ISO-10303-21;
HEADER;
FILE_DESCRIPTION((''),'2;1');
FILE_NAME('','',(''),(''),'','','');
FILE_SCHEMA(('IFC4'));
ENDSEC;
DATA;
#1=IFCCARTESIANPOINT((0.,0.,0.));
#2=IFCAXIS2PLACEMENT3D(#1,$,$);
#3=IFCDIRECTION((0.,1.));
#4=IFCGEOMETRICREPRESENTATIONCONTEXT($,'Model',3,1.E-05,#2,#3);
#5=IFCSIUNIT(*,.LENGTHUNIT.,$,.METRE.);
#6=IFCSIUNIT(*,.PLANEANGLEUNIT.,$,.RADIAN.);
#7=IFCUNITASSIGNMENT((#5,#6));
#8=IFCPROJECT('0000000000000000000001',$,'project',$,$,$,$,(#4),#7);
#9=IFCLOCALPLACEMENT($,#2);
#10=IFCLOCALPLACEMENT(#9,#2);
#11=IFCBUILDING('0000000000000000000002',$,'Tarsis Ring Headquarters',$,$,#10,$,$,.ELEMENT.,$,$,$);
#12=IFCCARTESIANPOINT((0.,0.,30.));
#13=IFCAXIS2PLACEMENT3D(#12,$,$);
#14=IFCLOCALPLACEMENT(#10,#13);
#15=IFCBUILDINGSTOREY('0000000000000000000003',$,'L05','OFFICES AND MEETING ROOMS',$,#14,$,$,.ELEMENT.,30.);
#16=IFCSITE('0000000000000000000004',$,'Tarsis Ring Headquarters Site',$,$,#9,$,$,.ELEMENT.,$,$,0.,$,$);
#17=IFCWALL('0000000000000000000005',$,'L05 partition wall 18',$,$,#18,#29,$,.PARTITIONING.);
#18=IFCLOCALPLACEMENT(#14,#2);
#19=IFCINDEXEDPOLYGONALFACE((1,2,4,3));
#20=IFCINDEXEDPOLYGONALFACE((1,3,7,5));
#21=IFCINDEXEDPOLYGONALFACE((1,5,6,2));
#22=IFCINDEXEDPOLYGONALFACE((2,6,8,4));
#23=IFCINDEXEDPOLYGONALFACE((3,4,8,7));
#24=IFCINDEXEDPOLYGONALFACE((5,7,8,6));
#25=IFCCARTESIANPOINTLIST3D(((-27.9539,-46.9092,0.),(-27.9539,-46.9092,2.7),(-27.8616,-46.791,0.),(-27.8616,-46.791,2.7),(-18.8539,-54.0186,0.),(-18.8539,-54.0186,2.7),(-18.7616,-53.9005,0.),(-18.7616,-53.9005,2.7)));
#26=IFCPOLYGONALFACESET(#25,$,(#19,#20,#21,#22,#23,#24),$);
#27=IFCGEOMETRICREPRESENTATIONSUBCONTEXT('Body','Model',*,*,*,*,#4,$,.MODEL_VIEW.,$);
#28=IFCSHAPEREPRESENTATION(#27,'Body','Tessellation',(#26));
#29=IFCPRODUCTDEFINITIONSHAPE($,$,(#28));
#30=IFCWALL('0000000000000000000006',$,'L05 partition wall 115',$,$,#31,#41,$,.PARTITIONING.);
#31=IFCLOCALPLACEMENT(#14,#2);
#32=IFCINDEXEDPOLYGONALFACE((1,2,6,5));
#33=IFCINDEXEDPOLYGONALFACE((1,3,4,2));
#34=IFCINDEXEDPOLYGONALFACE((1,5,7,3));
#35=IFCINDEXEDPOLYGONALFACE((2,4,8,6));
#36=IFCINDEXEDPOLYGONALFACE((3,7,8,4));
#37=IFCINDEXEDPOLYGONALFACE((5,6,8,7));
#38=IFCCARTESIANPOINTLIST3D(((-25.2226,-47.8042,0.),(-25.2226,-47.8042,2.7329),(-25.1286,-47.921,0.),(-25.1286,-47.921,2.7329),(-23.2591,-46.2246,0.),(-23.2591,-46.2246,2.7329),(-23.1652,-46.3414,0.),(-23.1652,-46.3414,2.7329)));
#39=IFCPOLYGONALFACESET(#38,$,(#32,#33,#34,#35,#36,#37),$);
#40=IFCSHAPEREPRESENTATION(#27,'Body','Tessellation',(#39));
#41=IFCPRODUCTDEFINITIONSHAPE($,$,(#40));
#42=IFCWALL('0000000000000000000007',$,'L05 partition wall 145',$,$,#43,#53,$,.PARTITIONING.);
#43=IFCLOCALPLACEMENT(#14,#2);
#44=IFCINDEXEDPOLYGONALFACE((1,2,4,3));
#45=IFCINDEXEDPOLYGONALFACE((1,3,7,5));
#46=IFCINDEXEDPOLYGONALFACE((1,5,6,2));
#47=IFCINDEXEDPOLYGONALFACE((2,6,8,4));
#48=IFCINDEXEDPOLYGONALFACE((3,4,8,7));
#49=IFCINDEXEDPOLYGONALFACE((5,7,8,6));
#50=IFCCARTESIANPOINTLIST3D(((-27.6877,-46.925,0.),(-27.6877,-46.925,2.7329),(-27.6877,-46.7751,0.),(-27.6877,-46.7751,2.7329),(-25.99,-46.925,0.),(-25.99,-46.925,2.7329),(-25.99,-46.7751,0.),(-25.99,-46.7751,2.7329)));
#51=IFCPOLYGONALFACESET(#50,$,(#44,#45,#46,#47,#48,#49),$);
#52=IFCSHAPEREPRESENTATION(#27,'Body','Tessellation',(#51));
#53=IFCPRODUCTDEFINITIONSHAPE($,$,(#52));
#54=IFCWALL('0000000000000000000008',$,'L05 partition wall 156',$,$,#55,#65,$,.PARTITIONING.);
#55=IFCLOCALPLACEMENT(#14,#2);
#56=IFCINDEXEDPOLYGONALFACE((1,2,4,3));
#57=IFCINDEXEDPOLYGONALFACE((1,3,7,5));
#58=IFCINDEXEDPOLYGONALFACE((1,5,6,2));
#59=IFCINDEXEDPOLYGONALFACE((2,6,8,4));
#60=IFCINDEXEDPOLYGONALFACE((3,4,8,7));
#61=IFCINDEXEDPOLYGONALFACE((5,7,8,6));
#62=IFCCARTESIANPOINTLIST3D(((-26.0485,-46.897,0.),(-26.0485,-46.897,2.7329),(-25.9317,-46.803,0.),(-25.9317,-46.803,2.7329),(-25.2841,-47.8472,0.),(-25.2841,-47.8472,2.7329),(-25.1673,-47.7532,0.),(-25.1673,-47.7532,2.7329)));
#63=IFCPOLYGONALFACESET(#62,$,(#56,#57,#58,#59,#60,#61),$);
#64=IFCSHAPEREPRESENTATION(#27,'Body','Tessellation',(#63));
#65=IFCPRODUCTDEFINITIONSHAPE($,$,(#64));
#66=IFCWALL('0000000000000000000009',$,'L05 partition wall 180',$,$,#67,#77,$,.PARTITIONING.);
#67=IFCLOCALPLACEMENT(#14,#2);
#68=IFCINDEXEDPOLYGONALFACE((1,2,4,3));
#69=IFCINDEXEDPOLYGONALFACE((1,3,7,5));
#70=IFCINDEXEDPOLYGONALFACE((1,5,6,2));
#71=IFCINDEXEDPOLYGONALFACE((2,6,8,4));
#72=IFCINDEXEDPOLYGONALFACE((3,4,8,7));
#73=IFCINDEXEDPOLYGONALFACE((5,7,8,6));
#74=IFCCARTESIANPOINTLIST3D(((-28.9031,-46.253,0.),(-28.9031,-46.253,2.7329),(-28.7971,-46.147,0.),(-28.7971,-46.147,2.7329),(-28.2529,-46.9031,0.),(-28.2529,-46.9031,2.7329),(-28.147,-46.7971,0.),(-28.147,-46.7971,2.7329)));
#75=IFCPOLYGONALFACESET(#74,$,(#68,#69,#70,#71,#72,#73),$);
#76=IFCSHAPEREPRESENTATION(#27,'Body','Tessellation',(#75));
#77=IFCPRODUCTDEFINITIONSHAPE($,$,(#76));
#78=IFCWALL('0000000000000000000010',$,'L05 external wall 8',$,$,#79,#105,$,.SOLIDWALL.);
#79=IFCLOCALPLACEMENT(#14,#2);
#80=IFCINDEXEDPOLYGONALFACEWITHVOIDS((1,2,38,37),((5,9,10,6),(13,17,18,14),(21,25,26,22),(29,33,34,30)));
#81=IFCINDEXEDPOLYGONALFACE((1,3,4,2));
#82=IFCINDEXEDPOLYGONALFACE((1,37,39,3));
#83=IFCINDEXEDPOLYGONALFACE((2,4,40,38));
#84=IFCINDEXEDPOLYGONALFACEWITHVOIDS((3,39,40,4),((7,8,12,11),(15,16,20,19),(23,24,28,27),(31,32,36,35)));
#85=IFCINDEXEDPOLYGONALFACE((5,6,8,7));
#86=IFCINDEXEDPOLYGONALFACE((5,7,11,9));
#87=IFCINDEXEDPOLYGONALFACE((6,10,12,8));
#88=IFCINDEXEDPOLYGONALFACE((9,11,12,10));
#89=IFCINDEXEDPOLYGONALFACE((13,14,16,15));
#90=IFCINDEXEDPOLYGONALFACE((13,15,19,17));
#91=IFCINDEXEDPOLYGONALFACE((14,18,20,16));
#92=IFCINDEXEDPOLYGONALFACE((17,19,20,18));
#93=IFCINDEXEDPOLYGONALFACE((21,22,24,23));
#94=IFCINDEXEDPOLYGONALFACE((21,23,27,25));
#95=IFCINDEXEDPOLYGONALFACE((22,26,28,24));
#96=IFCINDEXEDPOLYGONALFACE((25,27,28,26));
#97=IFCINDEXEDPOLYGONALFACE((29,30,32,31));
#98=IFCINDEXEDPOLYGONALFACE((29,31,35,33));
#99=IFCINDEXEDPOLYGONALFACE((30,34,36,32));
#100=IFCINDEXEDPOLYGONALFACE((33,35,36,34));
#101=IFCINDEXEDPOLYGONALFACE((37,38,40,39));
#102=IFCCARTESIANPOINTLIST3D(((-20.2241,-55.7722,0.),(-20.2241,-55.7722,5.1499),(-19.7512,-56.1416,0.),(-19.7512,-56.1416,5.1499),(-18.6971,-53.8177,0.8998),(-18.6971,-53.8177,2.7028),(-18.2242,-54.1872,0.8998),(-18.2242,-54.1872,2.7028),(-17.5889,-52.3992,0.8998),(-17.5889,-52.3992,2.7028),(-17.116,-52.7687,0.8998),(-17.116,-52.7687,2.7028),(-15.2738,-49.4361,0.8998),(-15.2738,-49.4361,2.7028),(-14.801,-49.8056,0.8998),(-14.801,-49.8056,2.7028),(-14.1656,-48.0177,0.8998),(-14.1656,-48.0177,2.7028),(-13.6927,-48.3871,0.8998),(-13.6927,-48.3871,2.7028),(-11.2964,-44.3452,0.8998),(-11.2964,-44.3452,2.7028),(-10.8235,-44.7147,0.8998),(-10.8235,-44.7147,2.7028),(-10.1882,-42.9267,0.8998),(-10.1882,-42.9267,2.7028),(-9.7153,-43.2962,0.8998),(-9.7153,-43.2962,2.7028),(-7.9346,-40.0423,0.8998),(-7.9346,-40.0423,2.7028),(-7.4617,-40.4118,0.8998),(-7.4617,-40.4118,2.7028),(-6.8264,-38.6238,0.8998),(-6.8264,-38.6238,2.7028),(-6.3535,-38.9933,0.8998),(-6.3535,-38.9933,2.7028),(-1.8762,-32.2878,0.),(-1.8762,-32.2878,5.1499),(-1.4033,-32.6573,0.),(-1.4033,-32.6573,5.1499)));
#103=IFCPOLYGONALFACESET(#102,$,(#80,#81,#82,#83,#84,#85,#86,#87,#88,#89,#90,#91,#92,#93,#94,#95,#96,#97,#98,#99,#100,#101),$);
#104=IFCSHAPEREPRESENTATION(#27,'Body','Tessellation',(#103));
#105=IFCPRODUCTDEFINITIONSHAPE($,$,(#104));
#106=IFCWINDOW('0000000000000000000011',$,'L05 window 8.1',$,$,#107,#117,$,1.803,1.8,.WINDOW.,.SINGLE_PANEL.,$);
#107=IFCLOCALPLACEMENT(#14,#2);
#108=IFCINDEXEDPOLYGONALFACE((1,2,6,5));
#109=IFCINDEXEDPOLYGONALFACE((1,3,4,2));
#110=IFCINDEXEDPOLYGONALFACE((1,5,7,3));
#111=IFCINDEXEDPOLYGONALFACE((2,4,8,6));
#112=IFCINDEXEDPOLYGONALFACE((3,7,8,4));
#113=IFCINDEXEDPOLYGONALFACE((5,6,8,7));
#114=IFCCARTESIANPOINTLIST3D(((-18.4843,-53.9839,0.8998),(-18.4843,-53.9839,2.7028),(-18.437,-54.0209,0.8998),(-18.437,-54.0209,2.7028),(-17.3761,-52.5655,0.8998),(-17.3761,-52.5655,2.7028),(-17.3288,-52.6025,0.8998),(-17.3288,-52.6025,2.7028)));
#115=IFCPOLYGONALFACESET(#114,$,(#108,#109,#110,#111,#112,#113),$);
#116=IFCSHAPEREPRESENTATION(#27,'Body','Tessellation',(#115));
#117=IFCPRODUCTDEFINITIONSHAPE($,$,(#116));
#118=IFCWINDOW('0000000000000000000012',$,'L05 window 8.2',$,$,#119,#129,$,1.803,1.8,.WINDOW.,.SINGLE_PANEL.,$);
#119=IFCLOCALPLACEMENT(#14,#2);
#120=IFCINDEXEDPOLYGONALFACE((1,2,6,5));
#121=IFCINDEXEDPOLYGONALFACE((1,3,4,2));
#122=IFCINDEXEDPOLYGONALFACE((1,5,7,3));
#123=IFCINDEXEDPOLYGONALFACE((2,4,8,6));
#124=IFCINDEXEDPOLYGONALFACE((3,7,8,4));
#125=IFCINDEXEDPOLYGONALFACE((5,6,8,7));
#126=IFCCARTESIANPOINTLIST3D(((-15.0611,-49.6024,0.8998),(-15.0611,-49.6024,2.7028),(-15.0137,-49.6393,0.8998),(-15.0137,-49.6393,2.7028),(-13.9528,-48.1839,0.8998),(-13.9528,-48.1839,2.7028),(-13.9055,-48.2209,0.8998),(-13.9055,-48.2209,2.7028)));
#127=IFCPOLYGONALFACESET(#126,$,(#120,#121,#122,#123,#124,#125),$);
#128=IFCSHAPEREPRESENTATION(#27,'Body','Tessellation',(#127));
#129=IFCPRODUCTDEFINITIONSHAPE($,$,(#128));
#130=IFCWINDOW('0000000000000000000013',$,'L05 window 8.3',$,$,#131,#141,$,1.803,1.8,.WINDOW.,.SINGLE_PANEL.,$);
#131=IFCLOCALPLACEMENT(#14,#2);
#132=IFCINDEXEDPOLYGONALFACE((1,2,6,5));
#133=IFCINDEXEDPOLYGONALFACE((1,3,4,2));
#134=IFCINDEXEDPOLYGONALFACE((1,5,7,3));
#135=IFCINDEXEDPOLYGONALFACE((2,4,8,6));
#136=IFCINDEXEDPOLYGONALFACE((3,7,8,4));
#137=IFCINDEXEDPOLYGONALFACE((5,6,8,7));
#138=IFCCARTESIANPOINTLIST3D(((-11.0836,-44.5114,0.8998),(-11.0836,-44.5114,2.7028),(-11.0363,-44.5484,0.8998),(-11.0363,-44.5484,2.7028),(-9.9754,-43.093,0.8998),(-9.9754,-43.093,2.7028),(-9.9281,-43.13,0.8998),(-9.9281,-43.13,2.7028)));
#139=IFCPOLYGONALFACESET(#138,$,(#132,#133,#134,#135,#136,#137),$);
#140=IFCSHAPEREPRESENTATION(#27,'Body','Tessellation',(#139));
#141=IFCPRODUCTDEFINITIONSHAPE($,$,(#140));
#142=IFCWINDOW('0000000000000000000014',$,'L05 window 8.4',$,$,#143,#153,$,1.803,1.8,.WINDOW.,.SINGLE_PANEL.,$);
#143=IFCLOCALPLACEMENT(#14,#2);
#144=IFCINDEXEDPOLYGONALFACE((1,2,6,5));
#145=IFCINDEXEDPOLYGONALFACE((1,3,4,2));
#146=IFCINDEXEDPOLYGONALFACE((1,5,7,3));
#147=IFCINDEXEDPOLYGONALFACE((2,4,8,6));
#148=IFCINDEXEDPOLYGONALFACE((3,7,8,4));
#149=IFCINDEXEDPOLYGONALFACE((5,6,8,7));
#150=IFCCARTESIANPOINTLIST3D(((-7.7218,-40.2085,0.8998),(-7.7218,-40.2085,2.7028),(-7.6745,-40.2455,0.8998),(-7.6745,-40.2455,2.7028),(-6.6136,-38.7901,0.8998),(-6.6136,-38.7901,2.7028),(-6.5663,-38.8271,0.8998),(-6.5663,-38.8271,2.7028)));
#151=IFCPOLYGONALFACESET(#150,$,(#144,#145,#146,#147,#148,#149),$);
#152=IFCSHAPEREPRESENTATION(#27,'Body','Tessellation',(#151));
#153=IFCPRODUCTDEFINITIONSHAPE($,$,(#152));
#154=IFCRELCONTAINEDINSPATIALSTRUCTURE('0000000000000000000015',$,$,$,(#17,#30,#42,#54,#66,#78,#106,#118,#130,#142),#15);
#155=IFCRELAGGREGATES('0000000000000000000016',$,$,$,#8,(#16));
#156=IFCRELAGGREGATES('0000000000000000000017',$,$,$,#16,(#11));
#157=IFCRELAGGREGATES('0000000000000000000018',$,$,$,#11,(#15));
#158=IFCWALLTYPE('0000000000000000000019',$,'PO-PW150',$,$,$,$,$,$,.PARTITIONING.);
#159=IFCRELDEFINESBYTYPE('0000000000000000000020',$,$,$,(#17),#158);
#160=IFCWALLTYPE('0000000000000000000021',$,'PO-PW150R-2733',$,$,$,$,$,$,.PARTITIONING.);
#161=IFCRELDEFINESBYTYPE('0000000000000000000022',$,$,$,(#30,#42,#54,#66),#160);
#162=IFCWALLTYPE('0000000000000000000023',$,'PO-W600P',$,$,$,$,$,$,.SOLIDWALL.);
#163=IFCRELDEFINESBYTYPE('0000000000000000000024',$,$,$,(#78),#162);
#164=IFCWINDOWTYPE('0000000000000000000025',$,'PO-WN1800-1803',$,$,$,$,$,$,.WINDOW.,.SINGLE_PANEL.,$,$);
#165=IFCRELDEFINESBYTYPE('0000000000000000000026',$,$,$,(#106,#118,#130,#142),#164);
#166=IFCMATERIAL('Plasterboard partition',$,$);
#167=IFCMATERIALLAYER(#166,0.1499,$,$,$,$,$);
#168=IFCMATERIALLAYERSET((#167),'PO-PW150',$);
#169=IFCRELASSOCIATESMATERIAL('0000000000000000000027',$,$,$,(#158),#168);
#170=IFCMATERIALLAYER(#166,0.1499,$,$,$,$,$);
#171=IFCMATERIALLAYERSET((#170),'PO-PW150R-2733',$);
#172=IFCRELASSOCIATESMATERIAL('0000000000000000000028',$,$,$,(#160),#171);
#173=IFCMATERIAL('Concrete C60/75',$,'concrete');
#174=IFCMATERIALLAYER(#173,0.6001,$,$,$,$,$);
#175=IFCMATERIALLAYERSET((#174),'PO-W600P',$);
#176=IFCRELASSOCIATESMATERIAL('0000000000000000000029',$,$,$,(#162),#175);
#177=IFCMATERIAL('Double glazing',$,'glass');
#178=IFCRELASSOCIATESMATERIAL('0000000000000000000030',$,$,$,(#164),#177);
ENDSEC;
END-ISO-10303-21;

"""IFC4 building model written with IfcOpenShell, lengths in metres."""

from ifc_helpers import new_model, si_unit, direction, frame, frame_2d, origin, place, context, subcontext, project, spatial, rectangle, extrude, material, layer, layer_set, type_object, element, fill, save


model = new_model("IFC4")

# Units and contexts
model_context = context("Model", 3, precision=1e-05, world=origin(), true_north=direction((0.0, 1.0)))
body_context = subcontext(model_context, "Body", "Model", "MODEL_VIEW")
ifc_project = project(units=[si_unit("LENGTHUNIT", "METRE"), si_unit("PLANEANGLEUNIT", "RADIAN")], contexts=[model_context])

# Site, building, storey
site_placement = place(None, origin())
site = spatial("IfcSite", under=ifc_project, at=site_placement, Name="Tarsis Ring Headquarters Site", CompositionType="ELEMENT", RefElevation=0.0)
building_placement = place(site_placement, origin())
building = spatial("IfcBuilding", under=site, at=building_placement, Name="Tarsis Ring Headquarters", CompositionType="ELEMENT")
storey_placement = place(building_placement, frame((0.0, 0.0, 30.0)))
storey = spatial("IfcBuildingStorey", under=building, at=storey_placement, Name="L05", Description="OFFICES AND MEETING ROOMS", CompositionType="ELEMENT", Elevation=30.0)

# Walls
ifc_material_1 = material(Name="Plasterboard partition")
ifc_layer_1 = layer(ifc_material_1, 0.1499)
ifc_layer_set_1 = layer_set([ifc_layer_1], Name="PO-PW150")
wall_type_1 = type_object("IfcWallType", Name="PO-PW150", PredefinedType="PARTITIONING", material=ifc_layer_set_1)
wall_1_placement = place(storey_placement, frame((-27.9077, -46.8501, 0.0), z_axis=(0.0, 0.0, 1.0), x_axis=(0.78802, -0.61565, 0.0)))
element("IfcWall", 1, at=wall_1_placement, inside=storey, type_object=wall_type_1, Name="L05 partition wall 18", PredefinedType="PARTITIONING", context=body_context, shape_type="SweptSolid", body=[
    extrude(rectangle(XDim=11.5479, YDim=0.1499, at=frame_2d((5.7739, 0.0))), origin(), (0.0, 0.0, 1.0), 2.7),
])
ifc_layer_2 = layer(ifc_material_1, 0.1499)
ifc_layer_set_2 = layer_set([ifc_layer_2], Name="PO-PW150R-2733")
wall_type_2 = type_object("IfcWallType", Name="PO-PW150R-2733", PredefinedType="PARTITIONING", material=ifc_layer_set_2)
wall_2_placement = place(storey_placement, frame((-23.2122, -46.283, 0.0), z_axis=(0.0, 0.0, 1.0), x_axis=(-0.779146, -0.626843, 0.0)))
element("IfcWall", 2, at=wall_2_placement, inside=storey, type_object=wall_type_2, Name="L05 partition wall 115", PredefinedType="PARTITIONING", context=body_context, shape_type="SweptSolid", body=[
    extrude(rectangle(XDim=2.52, YDim=0.1499, at=frame_2d((1.26, 0.0))), origin(), (0.0, 0.0, 1.0), 2.7329),
])
wall_3_placement = place(storey_placement, frame((-25.99, -46.8501, 0.0), z_axis=(0.0, 0.0, 1.0), x_axis=(-1.0, 0.0, 0.0)))
element("IfcWall", 3, at=wall_3_placement, inside=storey, type_object=wall_type_2, Name="L05 partition wall 145", PredefinedType="PARTITIONING", context=body_context, shape_type="SweptSolid", body=[
    extrude(rectangle(XDim=1.6978, YDim=0.1499, at=frame_2d((0.8489, 0.0))), origin(), (0.0, 0.0, 1.0), 2.7329),
])
wall_4_placement = place(storey_placement, frame((-25.2256, -47.8003, 0.0), z_axis=(0.0, 0.0, 1.0), x_axis=(-0.626817, 0.779167, 0.0)))
element("IfcWall", 4, at=wall_4_placement, inside=storey, type_object=wall_type_2, Name="L05 partition wall 156", PredefinedType="PARTITIONING", context=body_context, shape_type="SweptSolid", body=[
    extrude(rectangle(XDim=1.2195, YDim=0.1499, at=frame_2d((0.6099, 0.0))), origin(), (0.0, 0.0, 1.0), 2.7329),
])
wall_5_placement = place(storey_placement, frame((-28.2, -46.8501, 0.0), z_axis=(0.0, 0.0, 1.0), x_axis=(-0.707107, 0.707107, 0.0)))
element("IfcWall", 5, at=wall_5_placement, inside=storey, type_object=wall_type_2, Name="L05 partition wall 180", PredefinedType="PARTITIONING", context=body_context, shape_type="SweptSolid", body=[
    extrude(rectangle(XDim=0.9194, YDim=0.1499, at=frame_2d((0.4597, 0.0))), origin(), (0.0, 0.0, 1.0), 2.7329),
])

# Wall, openings, windows
ifc_material_2 = material(Name="Concrete C60/75", Category="concrete")
ifc_layer_3 = layer(ifc_material_2, 0.6001)
ifc_layer_set_3 = layer_set([ifc_layer_3], Name="PO-W600P")
wall_type_3 = type_object("IfcWallType", Name="PO-W600P", PredefinedType="SOLIDWALL", material=ifc_layer_set_3)
wall_6_placement = place(storey_placement, frame((-19.9875, -55.9568, 0.0), z_axis=(0.0, 0.0, 1.0), x_axis=(0.615659, 0.788012, 0.0)))
wall_6 = element("IfcWall", 6, at=wall_6_placement, inside=storey, type_object=wall_type_3, Name="L05 external wall 8", PredefinedType="SOLIDWALL", context=body_context, shape_type="SweptSolid", body=[
    extrude(rectangle(XDim=29.802, YDim=0.6001, at=frame_2d((14.9009, 0.0))), origin(), (0.0, 0.0, 1.0), 5.1499),
])
opening_1_placement = place(wall_6_placement, frame((2.4802, 0.0, 0.8999)))
opening_1 = element("IfcOpeningElement", 7, at=opening_1_placement, cuts=wall_6, PredefinedType="OPENING", context=body_context, shape_type="SweptSolid", body=[
    extrude(rectangle(XDim=1.8, YDim=1.803, at=frame_2d((0.8999, 0.9014))), frame((0.0, 0.3101, 0.0), z_axis=(0.0, -1.0, 0.0), x_axis=(1.0, 0.0, 0.0)), (0.0, 0.0, 1.0), 0.6201),
])
opening_2_placement = place(wall_6_placement, frame((8.0405, 0.0, 0.8999)))
opening_2 = element("IfcOpeningElement", 8, at=opening_2_placement, cuts=wall_6, PredefinedType="OPENING", context=body_context, shape_type="SweptSolid", body=[
    extrude(rectangle(XDim=1.8, YDim=1.803, at=frame_2d((0.8999, 0.9014))), frame((0.0, 0.3101, 0.0), z_axis=(0.0, -1.0, 0.0), x_axis=(1.0, 0.0, 0.0)), (0.0, 0.0, 1.0), 0.6201),
])
opening_3_placement = place(wall_6_placement, frame((14.501, 0.0, 0.8999)))
opening_3 = element("IfcOpeningElement", 9, at=opening_3_placement, cuts=wall_6, PredefinedType="OPENING", context=body_context, shape_type="SweptSolid", body=[
    extrude(rectangle(XDim=1.8, YDim=1.803, at=frame_2d((0.8999, 0.9014))), frame((0.0, 0.3101, 0.0), z_axis=(0.0, -1.0, 0.0), x_axis=(1.0, 0.0, 0.0)), (0.0, 0.0, 1.0), 0.6201),
])
opening_4_placement = place(wall_6_placement, frame((19.9614, 0.0, 0.8999)))
opening_4 = element("IfcOpeningElement", 10, at=opening_4_placement, cuts=wall_6, PredefinedType="OPENING", context=body_context, shape_type="SweptSolid", body=[
    extrude(rectangle(XDim=1.8, YDim=1.803, at=frame_2d((0.8999, 0.9014))), frame((0.0, 0.3101, 0.0), z_axis=(0.0, -1.0, 0.0), x_axis=(1.0, 0.0, 0.0)), (0.0, 0.0, 1.0), 0.6201),
])
ifc_material_3 = material(Name="Double glazing", Category="glass")
window_type = type_object("IfcWindowType", Name="PO-WN1800-1803", PartitioningType="SINGLE_PANEL", PredefinedType="WINDOW", material=ifc_material_3)
window_1_placement = place(opening_1_placement, origin())
window_1 = element("IfcWindow", 11, at=window_1_placement, inside=storey, type_object=window_type, Name="L05 window 8.1", OverallHeight=1.803, OverallWidth=1.8, PartitioningType="SINGLE_PANEL", PredefinedType="WINDOW", context=body_context, shape_type="SweptSolid", body=[
    extrude(rectangle(XDim=1.8, YDim=1.803, at=frame_2d((0.8999, 0.9014))), frame((0.0, 0.03, 0.0), z_axis=(0.0, -1.0, 0.0), x_axis=(1.0, 0.0, 0.0)), (0.0, 0.0, 1.0), 0.0601),
])
fill(opening_1, window_1)
window_2_placement = place(opening_2_placement, origin())
window_2 = element("IfcWindow", 12, at=window_2_placement, inside=storey, type_object=window_type, Name="L05 window 8.2", OverallHeight=1.803, OverallWidth=1.8, PartitioningType="SINGLE_PANEL", PredefinedType="WINDOW", context=body_context, shape_type="SweptSolid", body=[
    extrude(rectangle(XDim=1.8, YDim=1.803, at=frame_2d((0.8999, 0.9014))), frame((0.0, 0.03, 0.0), z_axis=(0.0, -1.0, 0.0), x_axis=(1.0, 0.0, 0.0)), (0.0, 0.0, 1.0), 0.0601),
])
fill(opening_2, window_2)
window_3_placement = place(opening_3_placement, origin())
window_3 = element("IfcWindow", 13, at=window_3_placement, inside=storey, type_object=window_type, Name="L05 window 8.3", OverallHeight=1.803, OverallWidth=1.8, PartitioningType="SINGLE_PANEL", PredefinedType="WINDOW", context=body_context, shape_type="SweptSolid", body=[
    extrude(rectangle(XDim=1.8, YDim=1.803, at=frame_2d((0.8999, 0.9014))), frame((0.0, 0.03, 0.0), z_axis=(0.0, -1.0, 0.0), x_axis=(1.0, 0.0, 0.0)), (0.0, 0.0, 1.0), 0.0601),
])
fill(opening_3, window_3)
window_4_placement = place(opening_4_placement, origin())
window_4 = element("IfcWindow", 14, at=window_4_placement, inside=storey, type_object=window_type, Name="L05 window 8.4", OverallHeight=1.803, OverallWidth=1.8, PartitioningType="SINGLE_PANEL", PredefinedType="WINDOW", context=body_context, shape_type="SweptSolid", body=[
    extrude(rectangle(XDim=1.8, YDim=1.803, at=frame_2d((0.8999, 0.9014))), frame((0.0, 0.03, 0.0), z_axis=(0.0, -1.0, 0.0), x_axis=(1.0, 0.0, 0.0)), (0.0, 0.0, 1.0), 0.0601),
])
fill(opening_4, window_4)

save(model, "model.ifc")
